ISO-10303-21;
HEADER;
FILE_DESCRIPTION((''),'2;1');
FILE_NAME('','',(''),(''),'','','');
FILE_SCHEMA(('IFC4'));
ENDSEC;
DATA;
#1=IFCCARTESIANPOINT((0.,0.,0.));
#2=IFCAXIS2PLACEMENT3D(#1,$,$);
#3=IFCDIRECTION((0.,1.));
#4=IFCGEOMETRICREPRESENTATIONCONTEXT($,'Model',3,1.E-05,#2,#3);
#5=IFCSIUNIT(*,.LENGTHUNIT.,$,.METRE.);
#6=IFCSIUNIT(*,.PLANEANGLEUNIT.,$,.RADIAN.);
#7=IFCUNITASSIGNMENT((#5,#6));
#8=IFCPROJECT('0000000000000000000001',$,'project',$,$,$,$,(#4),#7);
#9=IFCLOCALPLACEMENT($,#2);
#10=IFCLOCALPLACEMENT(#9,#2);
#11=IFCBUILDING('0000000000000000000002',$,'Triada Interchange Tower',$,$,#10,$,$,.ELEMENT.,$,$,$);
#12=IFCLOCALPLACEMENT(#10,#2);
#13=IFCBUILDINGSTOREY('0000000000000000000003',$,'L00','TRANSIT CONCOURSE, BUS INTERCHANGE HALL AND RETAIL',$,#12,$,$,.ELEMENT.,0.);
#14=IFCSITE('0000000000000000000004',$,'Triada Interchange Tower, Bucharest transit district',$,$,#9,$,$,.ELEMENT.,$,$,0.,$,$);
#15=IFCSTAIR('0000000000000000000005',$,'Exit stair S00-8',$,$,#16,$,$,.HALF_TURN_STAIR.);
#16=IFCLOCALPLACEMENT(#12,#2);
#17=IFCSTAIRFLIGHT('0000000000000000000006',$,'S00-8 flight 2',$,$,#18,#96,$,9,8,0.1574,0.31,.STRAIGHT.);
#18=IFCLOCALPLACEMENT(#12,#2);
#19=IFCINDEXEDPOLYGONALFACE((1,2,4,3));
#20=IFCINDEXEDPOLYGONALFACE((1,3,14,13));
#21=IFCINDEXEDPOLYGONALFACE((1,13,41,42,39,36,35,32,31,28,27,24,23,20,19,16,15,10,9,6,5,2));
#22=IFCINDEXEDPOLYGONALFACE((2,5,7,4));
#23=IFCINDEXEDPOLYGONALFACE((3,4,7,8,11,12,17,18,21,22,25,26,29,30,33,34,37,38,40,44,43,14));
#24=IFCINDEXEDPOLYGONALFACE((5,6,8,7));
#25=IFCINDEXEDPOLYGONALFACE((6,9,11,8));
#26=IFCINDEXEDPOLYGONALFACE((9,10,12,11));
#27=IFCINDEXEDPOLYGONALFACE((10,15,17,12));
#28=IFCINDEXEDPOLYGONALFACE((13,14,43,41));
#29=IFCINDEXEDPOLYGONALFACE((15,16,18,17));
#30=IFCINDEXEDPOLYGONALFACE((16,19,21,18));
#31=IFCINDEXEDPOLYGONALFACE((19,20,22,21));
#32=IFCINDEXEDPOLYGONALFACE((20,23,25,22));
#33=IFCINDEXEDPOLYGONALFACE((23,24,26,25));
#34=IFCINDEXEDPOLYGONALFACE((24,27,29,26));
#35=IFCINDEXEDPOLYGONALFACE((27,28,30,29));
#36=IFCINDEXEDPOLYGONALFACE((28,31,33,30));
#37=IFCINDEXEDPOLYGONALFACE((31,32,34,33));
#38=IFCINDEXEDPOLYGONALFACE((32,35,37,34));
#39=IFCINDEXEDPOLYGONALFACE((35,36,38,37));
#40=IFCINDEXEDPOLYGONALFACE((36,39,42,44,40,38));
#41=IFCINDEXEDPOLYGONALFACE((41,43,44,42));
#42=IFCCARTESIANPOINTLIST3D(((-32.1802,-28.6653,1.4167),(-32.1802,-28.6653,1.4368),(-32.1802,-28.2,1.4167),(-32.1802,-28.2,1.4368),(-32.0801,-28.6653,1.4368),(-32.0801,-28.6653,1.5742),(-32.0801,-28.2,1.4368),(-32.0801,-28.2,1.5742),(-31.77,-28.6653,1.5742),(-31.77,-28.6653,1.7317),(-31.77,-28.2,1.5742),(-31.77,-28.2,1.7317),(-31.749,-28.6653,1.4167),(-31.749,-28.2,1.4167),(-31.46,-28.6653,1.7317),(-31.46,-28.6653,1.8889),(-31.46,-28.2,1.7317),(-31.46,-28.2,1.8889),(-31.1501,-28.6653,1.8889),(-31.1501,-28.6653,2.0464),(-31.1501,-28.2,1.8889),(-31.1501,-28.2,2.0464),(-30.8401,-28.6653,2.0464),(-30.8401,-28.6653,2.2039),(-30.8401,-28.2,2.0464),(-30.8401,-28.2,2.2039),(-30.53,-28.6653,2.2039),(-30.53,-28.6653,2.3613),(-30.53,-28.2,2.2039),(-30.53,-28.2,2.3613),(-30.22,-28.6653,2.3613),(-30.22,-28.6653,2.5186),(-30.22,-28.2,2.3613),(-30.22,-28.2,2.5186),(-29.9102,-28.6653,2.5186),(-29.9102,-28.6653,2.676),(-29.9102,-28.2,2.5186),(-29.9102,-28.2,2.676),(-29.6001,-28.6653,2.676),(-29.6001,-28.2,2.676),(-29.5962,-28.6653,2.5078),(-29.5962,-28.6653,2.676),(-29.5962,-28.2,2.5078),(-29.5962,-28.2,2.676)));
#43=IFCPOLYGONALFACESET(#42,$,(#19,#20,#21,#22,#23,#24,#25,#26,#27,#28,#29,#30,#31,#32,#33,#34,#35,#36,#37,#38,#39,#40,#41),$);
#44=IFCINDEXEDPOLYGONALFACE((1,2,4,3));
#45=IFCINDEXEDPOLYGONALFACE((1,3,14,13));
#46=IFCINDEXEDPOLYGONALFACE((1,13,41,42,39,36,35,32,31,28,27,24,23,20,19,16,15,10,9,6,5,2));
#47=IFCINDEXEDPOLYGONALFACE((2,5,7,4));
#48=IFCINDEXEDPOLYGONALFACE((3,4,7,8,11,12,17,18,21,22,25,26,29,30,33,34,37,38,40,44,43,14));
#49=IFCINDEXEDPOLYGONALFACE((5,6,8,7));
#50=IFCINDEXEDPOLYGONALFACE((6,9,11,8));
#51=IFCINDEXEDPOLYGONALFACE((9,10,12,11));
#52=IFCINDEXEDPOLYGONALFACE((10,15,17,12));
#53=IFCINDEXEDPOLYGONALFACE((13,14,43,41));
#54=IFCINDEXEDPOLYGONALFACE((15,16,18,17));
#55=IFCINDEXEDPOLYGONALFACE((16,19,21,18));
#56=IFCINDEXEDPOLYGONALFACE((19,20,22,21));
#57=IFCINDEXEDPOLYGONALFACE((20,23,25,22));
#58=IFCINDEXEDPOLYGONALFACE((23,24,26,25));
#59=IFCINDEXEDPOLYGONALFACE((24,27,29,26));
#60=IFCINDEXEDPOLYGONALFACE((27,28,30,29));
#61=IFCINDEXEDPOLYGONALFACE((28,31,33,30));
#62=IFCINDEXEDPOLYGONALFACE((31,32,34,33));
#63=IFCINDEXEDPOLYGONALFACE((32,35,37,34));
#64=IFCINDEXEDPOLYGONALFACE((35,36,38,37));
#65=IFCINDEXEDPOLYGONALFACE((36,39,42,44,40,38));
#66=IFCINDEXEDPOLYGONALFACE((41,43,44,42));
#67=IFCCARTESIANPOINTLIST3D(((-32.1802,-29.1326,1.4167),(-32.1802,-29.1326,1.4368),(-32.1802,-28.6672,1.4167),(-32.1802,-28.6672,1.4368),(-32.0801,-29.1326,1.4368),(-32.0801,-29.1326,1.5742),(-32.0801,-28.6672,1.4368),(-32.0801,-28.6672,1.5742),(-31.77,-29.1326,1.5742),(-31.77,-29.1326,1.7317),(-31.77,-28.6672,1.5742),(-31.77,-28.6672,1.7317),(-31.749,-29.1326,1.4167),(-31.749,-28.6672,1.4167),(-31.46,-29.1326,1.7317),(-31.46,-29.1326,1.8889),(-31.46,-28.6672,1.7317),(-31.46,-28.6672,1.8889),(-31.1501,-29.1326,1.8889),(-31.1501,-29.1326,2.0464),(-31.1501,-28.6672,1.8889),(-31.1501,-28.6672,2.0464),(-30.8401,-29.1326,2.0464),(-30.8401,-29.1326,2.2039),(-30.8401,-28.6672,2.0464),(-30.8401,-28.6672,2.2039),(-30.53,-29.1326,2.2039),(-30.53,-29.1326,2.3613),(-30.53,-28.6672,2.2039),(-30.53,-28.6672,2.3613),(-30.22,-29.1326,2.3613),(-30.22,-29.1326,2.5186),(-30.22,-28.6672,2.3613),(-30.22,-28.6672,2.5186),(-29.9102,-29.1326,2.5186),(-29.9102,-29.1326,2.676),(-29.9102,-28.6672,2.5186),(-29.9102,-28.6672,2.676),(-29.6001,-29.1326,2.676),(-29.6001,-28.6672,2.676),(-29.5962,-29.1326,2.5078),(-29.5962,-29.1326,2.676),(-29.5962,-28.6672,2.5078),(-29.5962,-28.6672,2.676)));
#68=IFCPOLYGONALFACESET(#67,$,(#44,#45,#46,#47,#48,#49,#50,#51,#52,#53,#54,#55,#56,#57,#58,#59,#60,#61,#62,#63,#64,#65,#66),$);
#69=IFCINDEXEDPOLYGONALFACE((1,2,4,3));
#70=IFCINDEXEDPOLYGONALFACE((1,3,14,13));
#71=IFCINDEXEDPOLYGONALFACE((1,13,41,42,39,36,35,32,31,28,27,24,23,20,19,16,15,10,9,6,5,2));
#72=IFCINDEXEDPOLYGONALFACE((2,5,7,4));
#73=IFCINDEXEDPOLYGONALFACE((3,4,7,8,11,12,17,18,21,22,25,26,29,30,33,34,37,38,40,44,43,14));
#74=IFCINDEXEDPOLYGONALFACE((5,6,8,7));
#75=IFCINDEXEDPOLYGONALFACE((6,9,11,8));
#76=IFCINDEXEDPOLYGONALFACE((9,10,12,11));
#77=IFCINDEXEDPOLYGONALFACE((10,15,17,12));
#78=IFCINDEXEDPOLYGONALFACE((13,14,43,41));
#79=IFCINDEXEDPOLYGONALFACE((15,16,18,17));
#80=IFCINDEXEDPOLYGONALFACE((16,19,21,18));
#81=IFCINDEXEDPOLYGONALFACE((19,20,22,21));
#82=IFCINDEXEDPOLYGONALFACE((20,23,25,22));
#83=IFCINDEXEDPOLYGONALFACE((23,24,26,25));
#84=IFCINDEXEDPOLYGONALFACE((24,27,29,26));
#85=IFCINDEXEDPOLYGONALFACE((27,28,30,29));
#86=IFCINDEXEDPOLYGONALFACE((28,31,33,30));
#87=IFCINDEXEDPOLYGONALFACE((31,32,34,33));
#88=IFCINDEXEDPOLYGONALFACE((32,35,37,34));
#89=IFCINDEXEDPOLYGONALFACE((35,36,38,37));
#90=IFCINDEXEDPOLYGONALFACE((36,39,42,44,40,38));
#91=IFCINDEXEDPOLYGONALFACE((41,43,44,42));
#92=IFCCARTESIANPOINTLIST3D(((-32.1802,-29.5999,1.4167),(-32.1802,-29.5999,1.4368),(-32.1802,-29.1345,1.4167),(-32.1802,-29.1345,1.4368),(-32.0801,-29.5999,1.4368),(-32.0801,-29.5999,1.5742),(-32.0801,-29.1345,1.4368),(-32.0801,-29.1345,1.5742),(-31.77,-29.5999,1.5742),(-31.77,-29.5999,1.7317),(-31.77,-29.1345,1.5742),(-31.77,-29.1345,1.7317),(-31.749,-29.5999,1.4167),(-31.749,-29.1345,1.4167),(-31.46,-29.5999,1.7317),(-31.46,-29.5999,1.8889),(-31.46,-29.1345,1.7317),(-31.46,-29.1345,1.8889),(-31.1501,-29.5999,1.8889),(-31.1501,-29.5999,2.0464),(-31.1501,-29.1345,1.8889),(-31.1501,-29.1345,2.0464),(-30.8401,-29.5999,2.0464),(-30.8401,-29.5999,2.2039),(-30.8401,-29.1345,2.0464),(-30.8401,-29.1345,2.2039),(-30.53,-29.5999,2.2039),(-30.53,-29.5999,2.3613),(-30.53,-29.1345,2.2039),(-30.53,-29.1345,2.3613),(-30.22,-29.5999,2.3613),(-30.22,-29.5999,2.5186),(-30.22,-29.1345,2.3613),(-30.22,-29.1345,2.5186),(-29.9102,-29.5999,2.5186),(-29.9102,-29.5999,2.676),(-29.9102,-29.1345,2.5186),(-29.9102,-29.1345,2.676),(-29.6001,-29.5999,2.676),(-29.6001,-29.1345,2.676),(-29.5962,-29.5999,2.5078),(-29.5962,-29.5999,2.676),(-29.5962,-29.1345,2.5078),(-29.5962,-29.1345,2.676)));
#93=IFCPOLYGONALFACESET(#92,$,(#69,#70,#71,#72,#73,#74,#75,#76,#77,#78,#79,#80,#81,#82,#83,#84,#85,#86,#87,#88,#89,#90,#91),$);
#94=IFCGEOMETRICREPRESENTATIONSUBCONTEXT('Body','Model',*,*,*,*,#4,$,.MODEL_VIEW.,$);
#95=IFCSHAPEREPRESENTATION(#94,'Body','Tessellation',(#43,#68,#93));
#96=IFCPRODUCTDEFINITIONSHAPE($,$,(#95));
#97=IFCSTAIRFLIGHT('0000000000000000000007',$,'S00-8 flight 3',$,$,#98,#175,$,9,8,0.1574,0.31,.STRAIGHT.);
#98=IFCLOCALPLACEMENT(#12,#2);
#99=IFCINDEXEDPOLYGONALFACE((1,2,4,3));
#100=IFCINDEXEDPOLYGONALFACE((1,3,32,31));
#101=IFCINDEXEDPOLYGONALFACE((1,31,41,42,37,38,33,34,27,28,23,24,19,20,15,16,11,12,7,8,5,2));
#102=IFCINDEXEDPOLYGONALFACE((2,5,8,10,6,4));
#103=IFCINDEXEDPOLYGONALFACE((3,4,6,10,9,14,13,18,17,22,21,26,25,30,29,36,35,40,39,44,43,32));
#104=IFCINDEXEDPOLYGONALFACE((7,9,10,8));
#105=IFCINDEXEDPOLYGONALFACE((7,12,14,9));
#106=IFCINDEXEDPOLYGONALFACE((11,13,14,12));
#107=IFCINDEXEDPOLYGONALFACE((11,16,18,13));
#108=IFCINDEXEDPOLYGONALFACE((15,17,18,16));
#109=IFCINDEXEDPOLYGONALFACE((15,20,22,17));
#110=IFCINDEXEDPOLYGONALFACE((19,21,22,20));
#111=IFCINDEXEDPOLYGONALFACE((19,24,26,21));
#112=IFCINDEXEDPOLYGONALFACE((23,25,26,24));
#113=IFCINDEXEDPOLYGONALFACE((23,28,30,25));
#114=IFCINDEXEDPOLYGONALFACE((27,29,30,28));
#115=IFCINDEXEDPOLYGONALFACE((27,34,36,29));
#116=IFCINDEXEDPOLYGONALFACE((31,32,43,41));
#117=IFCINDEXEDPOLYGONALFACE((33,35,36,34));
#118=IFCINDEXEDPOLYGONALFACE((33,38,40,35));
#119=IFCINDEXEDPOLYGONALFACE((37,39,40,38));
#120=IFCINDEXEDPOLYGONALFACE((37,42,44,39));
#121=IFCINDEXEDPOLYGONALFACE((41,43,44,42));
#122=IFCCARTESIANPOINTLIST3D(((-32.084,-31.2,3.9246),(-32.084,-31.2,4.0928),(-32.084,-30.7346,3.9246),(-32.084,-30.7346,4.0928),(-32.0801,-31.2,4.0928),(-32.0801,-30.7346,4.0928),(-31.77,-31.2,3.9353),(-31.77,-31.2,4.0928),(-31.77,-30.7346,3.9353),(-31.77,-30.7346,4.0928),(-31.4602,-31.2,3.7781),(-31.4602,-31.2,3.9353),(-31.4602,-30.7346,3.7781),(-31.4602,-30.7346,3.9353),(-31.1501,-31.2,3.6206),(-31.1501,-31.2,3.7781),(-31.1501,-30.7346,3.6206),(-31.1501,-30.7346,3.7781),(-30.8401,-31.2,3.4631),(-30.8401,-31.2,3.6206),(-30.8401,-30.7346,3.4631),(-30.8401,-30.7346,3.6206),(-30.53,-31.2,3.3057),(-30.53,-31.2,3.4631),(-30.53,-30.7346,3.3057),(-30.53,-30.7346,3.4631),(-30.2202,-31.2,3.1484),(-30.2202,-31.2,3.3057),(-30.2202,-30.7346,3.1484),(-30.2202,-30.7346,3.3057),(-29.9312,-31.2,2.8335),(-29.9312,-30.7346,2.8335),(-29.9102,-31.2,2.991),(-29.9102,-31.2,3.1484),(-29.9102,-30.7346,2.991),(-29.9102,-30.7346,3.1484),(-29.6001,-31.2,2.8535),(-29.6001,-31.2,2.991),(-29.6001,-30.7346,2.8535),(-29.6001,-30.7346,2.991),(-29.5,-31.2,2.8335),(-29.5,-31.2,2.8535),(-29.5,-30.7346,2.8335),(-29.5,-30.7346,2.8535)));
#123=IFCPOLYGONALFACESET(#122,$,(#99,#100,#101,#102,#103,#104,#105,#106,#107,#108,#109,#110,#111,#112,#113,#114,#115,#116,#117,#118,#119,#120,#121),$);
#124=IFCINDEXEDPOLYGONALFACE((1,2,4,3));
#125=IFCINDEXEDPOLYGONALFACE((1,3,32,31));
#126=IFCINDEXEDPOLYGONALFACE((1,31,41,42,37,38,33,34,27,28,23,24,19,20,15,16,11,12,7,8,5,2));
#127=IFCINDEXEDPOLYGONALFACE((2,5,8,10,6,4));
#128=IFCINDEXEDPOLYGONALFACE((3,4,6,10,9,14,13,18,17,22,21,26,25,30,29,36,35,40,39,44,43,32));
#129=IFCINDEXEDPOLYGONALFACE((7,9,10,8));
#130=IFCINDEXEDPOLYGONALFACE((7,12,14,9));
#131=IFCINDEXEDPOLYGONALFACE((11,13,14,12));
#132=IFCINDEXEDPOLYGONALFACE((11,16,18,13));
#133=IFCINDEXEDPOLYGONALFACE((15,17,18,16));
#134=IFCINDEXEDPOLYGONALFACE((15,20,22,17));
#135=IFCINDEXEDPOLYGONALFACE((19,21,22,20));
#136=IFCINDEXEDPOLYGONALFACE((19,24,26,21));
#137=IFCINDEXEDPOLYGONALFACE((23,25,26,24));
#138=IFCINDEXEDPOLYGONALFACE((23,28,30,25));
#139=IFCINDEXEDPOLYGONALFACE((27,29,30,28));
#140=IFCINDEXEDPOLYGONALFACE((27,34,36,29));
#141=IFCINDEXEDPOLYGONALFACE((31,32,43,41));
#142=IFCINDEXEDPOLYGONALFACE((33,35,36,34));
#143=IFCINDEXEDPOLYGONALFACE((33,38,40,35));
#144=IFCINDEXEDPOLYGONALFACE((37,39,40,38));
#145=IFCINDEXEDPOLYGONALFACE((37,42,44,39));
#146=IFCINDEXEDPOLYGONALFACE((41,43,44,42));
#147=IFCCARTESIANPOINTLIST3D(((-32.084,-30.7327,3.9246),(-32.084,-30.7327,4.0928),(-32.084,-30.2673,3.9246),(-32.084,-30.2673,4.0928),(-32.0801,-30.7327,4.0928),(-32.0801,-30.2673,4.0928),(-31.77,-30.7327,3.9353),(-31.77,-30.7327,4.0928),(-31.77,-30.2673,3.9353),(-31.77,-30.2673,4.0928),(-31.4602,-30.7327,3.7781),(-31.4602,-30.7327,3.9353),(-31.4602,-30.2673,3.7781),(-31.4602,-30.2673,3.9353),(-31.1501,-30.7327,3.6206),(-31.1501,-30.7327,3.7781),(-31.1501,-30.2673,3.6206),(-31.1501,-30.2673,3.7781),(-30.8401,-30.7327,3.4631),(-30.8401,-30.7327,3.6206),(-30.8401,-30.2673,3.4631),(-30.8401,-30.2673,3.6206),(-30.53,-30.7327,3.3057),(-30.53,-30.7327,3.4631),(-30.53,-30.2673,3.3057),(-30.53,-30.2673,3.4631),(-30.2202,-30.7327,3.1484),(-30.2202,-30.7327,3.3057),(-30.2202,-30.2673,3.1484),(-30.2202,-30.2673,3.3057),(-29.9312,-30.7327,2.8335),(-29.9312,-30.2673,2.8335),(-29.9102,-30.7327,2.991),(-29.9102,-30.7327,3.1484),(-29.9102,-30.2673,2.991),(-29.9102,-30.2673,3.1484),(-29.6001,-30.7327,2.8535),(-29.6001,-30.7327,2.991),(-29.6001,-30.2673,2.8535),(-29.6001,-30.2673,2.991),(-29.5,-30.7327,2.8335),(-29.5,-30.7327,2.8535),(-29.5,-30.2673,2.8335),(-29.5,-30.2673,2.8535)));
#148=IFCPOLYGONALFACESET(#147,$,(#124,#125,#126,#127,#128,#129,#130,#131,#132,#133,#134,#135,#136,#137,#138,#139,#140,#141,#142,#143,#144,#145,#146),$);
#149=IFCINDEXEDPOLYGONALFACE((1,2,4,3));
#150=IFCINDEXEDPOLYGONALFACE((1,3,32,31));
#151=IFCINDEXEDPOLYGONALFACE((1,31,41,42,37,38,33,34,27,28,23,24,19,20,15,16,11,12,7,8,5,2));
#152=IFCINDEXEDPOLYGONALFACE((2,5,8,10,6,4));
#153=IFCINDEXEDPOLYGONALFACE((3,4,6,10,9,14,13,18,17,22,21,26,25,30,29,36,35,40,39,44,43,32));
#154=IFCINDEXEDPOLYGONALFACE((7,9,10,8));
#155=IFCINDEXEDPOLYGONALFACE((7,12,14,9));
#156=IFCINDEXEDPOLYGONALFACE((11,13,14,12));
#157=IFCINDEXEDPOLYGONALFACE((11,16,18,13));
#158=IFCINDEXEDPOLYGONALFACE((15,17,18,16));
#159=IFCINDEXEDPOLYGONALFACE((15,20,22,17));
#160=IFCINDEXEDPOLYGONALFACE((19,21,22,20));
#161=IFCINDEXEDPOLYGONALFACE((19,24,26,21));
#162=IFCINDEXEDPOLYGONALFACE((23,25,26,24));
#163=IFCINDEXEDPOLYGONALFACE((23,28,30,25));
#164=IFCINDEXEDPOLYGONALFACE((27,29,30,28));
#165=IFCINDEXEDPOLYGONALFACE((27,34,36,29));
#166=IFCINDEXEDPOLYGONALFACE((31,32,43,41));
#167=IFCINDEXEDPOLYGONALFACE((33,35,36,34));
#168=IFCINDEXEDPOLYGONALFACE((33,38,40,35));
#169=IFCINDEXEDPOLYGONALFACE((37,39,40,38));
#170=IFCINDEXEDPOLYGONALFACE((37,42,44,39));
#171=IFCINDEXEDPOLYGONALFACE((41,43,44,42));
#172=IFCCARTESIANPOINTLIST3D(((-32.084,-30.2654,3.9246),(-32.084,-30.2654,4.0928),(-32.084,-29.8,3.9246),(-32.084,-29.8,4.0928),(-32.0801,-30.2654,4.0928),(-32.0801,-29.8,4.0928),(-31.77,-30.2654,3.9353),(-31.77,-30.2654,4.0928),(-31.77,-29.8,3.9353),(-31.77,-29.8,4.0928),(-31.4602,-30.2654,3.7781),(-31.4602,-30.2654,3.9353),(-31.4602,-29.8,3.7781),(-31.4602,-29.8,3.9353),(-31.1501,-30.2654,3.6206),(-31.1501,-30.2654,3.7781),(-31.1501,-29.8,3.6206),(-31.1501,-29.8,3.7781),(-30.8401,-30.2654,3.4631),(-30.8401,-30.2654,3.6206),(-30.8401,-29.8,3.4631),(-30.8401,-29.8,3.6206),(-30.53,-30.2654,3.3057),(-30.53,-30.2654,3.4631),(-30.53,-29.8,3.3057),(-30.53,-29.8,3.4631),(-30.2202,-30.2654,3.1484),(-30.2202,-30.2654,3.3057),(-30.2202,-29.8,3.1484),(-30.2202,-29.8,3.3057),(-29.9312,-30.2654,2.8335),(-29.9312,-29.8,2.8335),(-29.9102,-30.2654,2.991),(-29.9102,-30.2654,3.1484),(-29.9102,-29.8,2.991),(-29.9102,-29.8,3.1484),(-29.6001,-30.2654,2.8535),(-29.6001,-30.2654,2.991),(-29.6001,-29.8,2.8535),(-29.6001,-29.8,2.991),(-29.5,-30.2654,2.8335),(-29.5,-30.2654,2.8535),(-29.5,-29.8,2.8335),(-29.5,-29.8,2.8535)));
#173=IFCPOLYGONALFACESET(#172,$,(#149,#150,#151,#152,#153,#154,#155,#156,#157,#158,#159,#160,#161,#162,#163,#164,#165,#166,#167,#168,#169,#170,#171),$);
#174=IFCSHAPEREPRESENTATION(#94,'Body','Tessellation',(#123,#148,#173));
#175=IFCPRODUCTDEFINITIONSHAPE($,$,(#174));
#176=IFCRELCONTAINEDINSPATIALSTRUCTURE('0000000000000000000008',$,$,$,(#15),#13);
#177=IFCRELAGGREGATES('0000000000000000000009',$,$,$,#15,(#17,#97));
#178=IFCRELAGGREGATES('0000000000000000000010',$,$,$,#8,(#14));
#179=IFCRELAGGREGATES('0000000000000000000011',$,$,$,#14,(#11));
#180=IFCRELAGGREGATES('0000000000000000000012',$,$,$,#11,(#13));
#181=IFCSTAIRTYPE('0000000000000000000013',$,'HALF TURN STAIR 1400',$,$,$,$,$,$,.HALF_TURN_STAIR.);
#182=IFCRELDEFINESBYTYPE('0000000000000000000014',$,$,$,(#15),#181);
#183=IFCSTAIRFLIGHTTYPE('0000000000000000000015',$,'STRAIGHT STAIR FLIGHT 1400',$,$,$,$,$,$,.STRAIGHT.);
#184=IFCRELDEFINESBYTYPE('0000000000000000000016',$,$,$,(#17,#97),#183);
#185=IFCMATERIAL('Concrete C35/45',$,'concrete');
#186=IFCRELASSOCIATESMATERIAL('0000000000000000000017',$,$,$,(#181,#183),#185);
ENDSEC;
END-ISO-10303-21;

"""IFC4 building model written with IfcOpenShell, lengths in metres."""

from ifc_helpers import new_model, si_unit, direction, frame, origin, place, context, subcontext, project, spatial, polyline, outline, extrude, material, type_object, element, aggregate, save


model = new_model("IFC4")

# Units and contexts
model_context = context("Model", 3, precision=1e-05, world=origin(), true_north=direction((0.0, 1.0)))
body_context = subcontext(model_context, "Body", "Model", "MODEL_VIEW")
ifc_project = project(units=[si_unit("LENGTHUNIT", "METRE"), si_unit("PLANEANGLEUNIT", "RADIAN")], contexts=[model_context])

# Site, building, storey
site_placement = place(None, origin())
site = spatial("IfcSite", under=ifc_project, at=site_placement, Name="Triada Interchange Tower, Bucharest transit district", CompositionType="ELEMENT", RefElevation=0.0)
building_placement = place(site_placement, origin())
building = spatial("IfcBuilding", under=site, at=building_placement, Name="Triada Interchange Tower", CompositionType="ELEMENT")
storey_placement = place(building_placement, origin())
storey = spatial("IfcBuildingStorey", under=building, at=storey_placement, Name="L00", Description="TRANSIT CONCOURSE, BUS INTERCHANGE HALL AND RETAIL", CompositionType="ELEMENT", Elevation=0.0)

# Stair, stair flights
ifc_material_1 = material(Name="Concrete C35/45", Category="concrete")
stair_type = type_object("IfcStairType", Name="HALF TURN STAIR 1400", PredefinedType="HALF_TURN_STAIR", material=ifc_material_1)
stair_placement = place(storey_placement, origin())
stair = element("IfcStair", 1, at=stair_placement, inside=storey, type_object=stair_type, Name="Exit stair S00-8", PredefinedType="HALF_TURN_STAIR")
stair_flight_type = type_object("IfcStairFlightType", Name="STRAIGHT STAIR FLIGHT 1400", PredefinedType="STRAIGHT", material=ifc_material_1)
stair_flight_1_placement = place(storey_placement, frame((-32.0801, -28.8999, 1.4167), z_axis=(0.0, 0.0, 1.0), x_axis=(1.0, 0.0, 0.0)))
stair_flight_1 = element("IfcStairFlight", 2, at=stair_flight_1_placement, type_object=stair_flight_type, Name="S00-8 flight 2", NumberOfRisers=9, NumberOfTreads=8, PredefinedType="STRAIGHT", RiserHeight=0.1574, TreadLength=0.31, context=body_context, shape_type="SweptSolid", body=[
    extrude(outline(polyline([(-0.1001, 0.0), (-0.1001, 0.02), (0.0, 0.02), (0.0, 0.1575), (0.3101, 0.1575), (0.3101, 0.3149), (0.6201, 0.3149), (0.6201, 0.4722), (0.9299, 0.4722), (0.9299, 0.6296), (1.24, 0.6296), (1.24, 0.7871), (1.55, 0.7871), (1.55, 0.9446), (1.8601, 0.9446), (1.8601, 1.1018), (2.1699, 1.1018), (2.1699, 1.2593), (2.48, 1.2593), (2.4839, 1.2593), (2.4839, 1.4167), (2.4839, 1.0911), (0.3311, 0.0), (-0.1001, 0.0)])), frame((0.0, 0.7, 0.0), z_axis=(0.0, -1.0, 0.0), x_axis=(1.0, 0.0, 0.0)), (0.0, 0.0, 1.0), 0.4653),
    extrude(outline(polyline([(-0.1001, 0.0), (-0.1001, 0.02), (0.0, 0.02), (0.0, 0.1575), (0.3101, 0.1575), (0.3101, 0.3149), (0.6201, 0.3149), (0.6201, 0.4722), (0.9299, 0.4722), (0.9299, 0.6296), (1.24, 0.6296), (1.24, 0.7871), (1.55, 0.7871), (1.55, 0.9446), (1.8601, 0.9446), (1.8601, 1.1018), (2.1699, 1.1018), (2.1699, 1.2593), (2.48, 1.2593), (2.4839, 1.2593), (2.4839, 1.4167), (2.4839, 1.0911), (0.3311, 0.0), (-0.1001, 0.0)])), frame((0.0, 0.2327, 0.0), z_axis=(0.0, -1.0, 0.0), x_axis=(1.0, 0.0, 0.0)), (0.0, 0.0, 1.0), 0.4653),
    extrude(outline(polyline([(-0.1001, 0.0), (-0.1001, 0.02), (0.0, 0.02), (0.0, 0.1575), (0.3101, 0.1575), (0.3101, 0.3149), (0.6201, 0.3149), (0.6201, 0.4722), (0.9299, 0.4722), (0.9299, 0.6296), (1.24, 0.6296), (1.24, 0.7871), (1.55, 0.7871), (1.55, 0.9446), (1.8601, 0.9446), (1.8601, 1.1018), (2.1699, 1.1018), (2.1699, 1.2593), (2.48, 1.2593), (2.4839, 1.2593), (2.4839, 1.4167), (2.4839, 1.0911), (0.3311, 0.0), (-0.1001, 0.0)])), frame((0.0, -0.2346, 0.0), z_axis=(0.0, -1.0, 0.0), x_axis=(1.0, 0.0, 0.0)), (0.0, 0.0, 1.0), 0.4653),
])
stair_flight_2_placement = place(storey_placement, frame((-29.6001, -30.5, 2.8335), z_axis=(0.0, 0.0, 1.0), x_axis=(-1.0, 0.0, 0.0)))
stair_flight_2 = element("IfcStairFlight", 3, at=stair_flight_2_placement, type_object=stair_flight_type, Name="S00-8 flight 3", NumberOfRisers=9, NumberOfTreads=8, PredefinedType="STRAIGHT", RiserHeight=0.1574, TreadLength=0.31, context=body_context, shape_type="SweptSolid", body=[
    extrude(outline(polyline([(-0.1001, 0.0), (-0.1001, 0.02), (0.0, 0.02), (0.0, 0.1575), (0.3101, 0.1575), (0.3101, 0.3149), (0.6201, 0.3149), (0.6201, 0.4722), (0.9299, 0.4722), (0.9299, 0.6296), (1.24, 0.6296), (1.24, 0.7871), (1.55, 0.7871), (1.55, 0.9446), (1.8601, 0.9446), (1.8601, 1.1018), (2.1699, 1.1018), (2.1699, 1.2593), (2.48, 1.2593), (2.4839, 1.2593), (2.4839, 1.4167), (2.4839, 1.0911), (0.3311, 0.0), (-0.1001, 0.0)])), frame((0.0, 0.7, 0.0), z_axis=(0.0, -1.0, 0.0), x_axis=(1.0, 0.0, 0.0)), (0.0, 0.0, 1.0), 0.4653),
    extrude(outline(polyline([(-0.1001, 0.0), (-0.1001, 0.02), (0.0, 0.02), (0.0, 0.1575), (0.3101, 0.1575), (0.3101, 0.3149), (0.6201, 0.3149), (0.6201, 0.4722), (0.9299, 0.4722), (0.9299, 0.6296), (1.24, 0.6296), (1.24, 0.7871), (1.55, 0.7871), (1.55, 0.9446), (1.8601, 0.9446), (1.8601, 1.1018), (2.1699, 1.1018), (2.1699, 1.2593), (2.48, 1.2593), (2.4839, 1.2593), (2.4839, 1.4167), (2.4839, 1.0911), (0.3311, 0.0), (-0.1001, 0.0)])), frame((0.0, 0.2327, 0.0), z_axis=(0.0, -1.0, 0.0), x_axis=(1.0, 0.0, 0.0)), (0.0, 0.0, 1.0), 0.4653),
    extrude(outline(polyline([(-0.1001, 0.0), (-0.1001, 0.02), (0.0, 0.02), (0.0, 0.1575), (0.3101, 0.1575), (0.3101, 0.3149), (0.6201, 0.3149), (0.6201, 0.4722), (0.9299, 0.4722), (0.9299, 0.6296), (1.24, 0.6296), (1.24, 0.7871), (1.55, 0.7871), (1.55, 0.9446), (1.8601, 0.9446), (1.8601, 1.1018), (2.1699, 1.1018), (2.1699, 1.2593), (2.48, 1.2593), (2.4839, 1.2593), (2.4839, 1.4167), (2.4839, 1.0911), (0.3311, 0.0), (-0.1001, 0.0)])), frame((0.0, -0.2346, 0.0), z_axis=(0.0, -1.0, 0.0), x_axis=(1.0, 0.0, 0.0)), (0.0, 0.0, 1.0), 0.4653),
])
aggregate(stair, [stair_flight_1, stair_flight_2])

save(model, "model.ifc")
